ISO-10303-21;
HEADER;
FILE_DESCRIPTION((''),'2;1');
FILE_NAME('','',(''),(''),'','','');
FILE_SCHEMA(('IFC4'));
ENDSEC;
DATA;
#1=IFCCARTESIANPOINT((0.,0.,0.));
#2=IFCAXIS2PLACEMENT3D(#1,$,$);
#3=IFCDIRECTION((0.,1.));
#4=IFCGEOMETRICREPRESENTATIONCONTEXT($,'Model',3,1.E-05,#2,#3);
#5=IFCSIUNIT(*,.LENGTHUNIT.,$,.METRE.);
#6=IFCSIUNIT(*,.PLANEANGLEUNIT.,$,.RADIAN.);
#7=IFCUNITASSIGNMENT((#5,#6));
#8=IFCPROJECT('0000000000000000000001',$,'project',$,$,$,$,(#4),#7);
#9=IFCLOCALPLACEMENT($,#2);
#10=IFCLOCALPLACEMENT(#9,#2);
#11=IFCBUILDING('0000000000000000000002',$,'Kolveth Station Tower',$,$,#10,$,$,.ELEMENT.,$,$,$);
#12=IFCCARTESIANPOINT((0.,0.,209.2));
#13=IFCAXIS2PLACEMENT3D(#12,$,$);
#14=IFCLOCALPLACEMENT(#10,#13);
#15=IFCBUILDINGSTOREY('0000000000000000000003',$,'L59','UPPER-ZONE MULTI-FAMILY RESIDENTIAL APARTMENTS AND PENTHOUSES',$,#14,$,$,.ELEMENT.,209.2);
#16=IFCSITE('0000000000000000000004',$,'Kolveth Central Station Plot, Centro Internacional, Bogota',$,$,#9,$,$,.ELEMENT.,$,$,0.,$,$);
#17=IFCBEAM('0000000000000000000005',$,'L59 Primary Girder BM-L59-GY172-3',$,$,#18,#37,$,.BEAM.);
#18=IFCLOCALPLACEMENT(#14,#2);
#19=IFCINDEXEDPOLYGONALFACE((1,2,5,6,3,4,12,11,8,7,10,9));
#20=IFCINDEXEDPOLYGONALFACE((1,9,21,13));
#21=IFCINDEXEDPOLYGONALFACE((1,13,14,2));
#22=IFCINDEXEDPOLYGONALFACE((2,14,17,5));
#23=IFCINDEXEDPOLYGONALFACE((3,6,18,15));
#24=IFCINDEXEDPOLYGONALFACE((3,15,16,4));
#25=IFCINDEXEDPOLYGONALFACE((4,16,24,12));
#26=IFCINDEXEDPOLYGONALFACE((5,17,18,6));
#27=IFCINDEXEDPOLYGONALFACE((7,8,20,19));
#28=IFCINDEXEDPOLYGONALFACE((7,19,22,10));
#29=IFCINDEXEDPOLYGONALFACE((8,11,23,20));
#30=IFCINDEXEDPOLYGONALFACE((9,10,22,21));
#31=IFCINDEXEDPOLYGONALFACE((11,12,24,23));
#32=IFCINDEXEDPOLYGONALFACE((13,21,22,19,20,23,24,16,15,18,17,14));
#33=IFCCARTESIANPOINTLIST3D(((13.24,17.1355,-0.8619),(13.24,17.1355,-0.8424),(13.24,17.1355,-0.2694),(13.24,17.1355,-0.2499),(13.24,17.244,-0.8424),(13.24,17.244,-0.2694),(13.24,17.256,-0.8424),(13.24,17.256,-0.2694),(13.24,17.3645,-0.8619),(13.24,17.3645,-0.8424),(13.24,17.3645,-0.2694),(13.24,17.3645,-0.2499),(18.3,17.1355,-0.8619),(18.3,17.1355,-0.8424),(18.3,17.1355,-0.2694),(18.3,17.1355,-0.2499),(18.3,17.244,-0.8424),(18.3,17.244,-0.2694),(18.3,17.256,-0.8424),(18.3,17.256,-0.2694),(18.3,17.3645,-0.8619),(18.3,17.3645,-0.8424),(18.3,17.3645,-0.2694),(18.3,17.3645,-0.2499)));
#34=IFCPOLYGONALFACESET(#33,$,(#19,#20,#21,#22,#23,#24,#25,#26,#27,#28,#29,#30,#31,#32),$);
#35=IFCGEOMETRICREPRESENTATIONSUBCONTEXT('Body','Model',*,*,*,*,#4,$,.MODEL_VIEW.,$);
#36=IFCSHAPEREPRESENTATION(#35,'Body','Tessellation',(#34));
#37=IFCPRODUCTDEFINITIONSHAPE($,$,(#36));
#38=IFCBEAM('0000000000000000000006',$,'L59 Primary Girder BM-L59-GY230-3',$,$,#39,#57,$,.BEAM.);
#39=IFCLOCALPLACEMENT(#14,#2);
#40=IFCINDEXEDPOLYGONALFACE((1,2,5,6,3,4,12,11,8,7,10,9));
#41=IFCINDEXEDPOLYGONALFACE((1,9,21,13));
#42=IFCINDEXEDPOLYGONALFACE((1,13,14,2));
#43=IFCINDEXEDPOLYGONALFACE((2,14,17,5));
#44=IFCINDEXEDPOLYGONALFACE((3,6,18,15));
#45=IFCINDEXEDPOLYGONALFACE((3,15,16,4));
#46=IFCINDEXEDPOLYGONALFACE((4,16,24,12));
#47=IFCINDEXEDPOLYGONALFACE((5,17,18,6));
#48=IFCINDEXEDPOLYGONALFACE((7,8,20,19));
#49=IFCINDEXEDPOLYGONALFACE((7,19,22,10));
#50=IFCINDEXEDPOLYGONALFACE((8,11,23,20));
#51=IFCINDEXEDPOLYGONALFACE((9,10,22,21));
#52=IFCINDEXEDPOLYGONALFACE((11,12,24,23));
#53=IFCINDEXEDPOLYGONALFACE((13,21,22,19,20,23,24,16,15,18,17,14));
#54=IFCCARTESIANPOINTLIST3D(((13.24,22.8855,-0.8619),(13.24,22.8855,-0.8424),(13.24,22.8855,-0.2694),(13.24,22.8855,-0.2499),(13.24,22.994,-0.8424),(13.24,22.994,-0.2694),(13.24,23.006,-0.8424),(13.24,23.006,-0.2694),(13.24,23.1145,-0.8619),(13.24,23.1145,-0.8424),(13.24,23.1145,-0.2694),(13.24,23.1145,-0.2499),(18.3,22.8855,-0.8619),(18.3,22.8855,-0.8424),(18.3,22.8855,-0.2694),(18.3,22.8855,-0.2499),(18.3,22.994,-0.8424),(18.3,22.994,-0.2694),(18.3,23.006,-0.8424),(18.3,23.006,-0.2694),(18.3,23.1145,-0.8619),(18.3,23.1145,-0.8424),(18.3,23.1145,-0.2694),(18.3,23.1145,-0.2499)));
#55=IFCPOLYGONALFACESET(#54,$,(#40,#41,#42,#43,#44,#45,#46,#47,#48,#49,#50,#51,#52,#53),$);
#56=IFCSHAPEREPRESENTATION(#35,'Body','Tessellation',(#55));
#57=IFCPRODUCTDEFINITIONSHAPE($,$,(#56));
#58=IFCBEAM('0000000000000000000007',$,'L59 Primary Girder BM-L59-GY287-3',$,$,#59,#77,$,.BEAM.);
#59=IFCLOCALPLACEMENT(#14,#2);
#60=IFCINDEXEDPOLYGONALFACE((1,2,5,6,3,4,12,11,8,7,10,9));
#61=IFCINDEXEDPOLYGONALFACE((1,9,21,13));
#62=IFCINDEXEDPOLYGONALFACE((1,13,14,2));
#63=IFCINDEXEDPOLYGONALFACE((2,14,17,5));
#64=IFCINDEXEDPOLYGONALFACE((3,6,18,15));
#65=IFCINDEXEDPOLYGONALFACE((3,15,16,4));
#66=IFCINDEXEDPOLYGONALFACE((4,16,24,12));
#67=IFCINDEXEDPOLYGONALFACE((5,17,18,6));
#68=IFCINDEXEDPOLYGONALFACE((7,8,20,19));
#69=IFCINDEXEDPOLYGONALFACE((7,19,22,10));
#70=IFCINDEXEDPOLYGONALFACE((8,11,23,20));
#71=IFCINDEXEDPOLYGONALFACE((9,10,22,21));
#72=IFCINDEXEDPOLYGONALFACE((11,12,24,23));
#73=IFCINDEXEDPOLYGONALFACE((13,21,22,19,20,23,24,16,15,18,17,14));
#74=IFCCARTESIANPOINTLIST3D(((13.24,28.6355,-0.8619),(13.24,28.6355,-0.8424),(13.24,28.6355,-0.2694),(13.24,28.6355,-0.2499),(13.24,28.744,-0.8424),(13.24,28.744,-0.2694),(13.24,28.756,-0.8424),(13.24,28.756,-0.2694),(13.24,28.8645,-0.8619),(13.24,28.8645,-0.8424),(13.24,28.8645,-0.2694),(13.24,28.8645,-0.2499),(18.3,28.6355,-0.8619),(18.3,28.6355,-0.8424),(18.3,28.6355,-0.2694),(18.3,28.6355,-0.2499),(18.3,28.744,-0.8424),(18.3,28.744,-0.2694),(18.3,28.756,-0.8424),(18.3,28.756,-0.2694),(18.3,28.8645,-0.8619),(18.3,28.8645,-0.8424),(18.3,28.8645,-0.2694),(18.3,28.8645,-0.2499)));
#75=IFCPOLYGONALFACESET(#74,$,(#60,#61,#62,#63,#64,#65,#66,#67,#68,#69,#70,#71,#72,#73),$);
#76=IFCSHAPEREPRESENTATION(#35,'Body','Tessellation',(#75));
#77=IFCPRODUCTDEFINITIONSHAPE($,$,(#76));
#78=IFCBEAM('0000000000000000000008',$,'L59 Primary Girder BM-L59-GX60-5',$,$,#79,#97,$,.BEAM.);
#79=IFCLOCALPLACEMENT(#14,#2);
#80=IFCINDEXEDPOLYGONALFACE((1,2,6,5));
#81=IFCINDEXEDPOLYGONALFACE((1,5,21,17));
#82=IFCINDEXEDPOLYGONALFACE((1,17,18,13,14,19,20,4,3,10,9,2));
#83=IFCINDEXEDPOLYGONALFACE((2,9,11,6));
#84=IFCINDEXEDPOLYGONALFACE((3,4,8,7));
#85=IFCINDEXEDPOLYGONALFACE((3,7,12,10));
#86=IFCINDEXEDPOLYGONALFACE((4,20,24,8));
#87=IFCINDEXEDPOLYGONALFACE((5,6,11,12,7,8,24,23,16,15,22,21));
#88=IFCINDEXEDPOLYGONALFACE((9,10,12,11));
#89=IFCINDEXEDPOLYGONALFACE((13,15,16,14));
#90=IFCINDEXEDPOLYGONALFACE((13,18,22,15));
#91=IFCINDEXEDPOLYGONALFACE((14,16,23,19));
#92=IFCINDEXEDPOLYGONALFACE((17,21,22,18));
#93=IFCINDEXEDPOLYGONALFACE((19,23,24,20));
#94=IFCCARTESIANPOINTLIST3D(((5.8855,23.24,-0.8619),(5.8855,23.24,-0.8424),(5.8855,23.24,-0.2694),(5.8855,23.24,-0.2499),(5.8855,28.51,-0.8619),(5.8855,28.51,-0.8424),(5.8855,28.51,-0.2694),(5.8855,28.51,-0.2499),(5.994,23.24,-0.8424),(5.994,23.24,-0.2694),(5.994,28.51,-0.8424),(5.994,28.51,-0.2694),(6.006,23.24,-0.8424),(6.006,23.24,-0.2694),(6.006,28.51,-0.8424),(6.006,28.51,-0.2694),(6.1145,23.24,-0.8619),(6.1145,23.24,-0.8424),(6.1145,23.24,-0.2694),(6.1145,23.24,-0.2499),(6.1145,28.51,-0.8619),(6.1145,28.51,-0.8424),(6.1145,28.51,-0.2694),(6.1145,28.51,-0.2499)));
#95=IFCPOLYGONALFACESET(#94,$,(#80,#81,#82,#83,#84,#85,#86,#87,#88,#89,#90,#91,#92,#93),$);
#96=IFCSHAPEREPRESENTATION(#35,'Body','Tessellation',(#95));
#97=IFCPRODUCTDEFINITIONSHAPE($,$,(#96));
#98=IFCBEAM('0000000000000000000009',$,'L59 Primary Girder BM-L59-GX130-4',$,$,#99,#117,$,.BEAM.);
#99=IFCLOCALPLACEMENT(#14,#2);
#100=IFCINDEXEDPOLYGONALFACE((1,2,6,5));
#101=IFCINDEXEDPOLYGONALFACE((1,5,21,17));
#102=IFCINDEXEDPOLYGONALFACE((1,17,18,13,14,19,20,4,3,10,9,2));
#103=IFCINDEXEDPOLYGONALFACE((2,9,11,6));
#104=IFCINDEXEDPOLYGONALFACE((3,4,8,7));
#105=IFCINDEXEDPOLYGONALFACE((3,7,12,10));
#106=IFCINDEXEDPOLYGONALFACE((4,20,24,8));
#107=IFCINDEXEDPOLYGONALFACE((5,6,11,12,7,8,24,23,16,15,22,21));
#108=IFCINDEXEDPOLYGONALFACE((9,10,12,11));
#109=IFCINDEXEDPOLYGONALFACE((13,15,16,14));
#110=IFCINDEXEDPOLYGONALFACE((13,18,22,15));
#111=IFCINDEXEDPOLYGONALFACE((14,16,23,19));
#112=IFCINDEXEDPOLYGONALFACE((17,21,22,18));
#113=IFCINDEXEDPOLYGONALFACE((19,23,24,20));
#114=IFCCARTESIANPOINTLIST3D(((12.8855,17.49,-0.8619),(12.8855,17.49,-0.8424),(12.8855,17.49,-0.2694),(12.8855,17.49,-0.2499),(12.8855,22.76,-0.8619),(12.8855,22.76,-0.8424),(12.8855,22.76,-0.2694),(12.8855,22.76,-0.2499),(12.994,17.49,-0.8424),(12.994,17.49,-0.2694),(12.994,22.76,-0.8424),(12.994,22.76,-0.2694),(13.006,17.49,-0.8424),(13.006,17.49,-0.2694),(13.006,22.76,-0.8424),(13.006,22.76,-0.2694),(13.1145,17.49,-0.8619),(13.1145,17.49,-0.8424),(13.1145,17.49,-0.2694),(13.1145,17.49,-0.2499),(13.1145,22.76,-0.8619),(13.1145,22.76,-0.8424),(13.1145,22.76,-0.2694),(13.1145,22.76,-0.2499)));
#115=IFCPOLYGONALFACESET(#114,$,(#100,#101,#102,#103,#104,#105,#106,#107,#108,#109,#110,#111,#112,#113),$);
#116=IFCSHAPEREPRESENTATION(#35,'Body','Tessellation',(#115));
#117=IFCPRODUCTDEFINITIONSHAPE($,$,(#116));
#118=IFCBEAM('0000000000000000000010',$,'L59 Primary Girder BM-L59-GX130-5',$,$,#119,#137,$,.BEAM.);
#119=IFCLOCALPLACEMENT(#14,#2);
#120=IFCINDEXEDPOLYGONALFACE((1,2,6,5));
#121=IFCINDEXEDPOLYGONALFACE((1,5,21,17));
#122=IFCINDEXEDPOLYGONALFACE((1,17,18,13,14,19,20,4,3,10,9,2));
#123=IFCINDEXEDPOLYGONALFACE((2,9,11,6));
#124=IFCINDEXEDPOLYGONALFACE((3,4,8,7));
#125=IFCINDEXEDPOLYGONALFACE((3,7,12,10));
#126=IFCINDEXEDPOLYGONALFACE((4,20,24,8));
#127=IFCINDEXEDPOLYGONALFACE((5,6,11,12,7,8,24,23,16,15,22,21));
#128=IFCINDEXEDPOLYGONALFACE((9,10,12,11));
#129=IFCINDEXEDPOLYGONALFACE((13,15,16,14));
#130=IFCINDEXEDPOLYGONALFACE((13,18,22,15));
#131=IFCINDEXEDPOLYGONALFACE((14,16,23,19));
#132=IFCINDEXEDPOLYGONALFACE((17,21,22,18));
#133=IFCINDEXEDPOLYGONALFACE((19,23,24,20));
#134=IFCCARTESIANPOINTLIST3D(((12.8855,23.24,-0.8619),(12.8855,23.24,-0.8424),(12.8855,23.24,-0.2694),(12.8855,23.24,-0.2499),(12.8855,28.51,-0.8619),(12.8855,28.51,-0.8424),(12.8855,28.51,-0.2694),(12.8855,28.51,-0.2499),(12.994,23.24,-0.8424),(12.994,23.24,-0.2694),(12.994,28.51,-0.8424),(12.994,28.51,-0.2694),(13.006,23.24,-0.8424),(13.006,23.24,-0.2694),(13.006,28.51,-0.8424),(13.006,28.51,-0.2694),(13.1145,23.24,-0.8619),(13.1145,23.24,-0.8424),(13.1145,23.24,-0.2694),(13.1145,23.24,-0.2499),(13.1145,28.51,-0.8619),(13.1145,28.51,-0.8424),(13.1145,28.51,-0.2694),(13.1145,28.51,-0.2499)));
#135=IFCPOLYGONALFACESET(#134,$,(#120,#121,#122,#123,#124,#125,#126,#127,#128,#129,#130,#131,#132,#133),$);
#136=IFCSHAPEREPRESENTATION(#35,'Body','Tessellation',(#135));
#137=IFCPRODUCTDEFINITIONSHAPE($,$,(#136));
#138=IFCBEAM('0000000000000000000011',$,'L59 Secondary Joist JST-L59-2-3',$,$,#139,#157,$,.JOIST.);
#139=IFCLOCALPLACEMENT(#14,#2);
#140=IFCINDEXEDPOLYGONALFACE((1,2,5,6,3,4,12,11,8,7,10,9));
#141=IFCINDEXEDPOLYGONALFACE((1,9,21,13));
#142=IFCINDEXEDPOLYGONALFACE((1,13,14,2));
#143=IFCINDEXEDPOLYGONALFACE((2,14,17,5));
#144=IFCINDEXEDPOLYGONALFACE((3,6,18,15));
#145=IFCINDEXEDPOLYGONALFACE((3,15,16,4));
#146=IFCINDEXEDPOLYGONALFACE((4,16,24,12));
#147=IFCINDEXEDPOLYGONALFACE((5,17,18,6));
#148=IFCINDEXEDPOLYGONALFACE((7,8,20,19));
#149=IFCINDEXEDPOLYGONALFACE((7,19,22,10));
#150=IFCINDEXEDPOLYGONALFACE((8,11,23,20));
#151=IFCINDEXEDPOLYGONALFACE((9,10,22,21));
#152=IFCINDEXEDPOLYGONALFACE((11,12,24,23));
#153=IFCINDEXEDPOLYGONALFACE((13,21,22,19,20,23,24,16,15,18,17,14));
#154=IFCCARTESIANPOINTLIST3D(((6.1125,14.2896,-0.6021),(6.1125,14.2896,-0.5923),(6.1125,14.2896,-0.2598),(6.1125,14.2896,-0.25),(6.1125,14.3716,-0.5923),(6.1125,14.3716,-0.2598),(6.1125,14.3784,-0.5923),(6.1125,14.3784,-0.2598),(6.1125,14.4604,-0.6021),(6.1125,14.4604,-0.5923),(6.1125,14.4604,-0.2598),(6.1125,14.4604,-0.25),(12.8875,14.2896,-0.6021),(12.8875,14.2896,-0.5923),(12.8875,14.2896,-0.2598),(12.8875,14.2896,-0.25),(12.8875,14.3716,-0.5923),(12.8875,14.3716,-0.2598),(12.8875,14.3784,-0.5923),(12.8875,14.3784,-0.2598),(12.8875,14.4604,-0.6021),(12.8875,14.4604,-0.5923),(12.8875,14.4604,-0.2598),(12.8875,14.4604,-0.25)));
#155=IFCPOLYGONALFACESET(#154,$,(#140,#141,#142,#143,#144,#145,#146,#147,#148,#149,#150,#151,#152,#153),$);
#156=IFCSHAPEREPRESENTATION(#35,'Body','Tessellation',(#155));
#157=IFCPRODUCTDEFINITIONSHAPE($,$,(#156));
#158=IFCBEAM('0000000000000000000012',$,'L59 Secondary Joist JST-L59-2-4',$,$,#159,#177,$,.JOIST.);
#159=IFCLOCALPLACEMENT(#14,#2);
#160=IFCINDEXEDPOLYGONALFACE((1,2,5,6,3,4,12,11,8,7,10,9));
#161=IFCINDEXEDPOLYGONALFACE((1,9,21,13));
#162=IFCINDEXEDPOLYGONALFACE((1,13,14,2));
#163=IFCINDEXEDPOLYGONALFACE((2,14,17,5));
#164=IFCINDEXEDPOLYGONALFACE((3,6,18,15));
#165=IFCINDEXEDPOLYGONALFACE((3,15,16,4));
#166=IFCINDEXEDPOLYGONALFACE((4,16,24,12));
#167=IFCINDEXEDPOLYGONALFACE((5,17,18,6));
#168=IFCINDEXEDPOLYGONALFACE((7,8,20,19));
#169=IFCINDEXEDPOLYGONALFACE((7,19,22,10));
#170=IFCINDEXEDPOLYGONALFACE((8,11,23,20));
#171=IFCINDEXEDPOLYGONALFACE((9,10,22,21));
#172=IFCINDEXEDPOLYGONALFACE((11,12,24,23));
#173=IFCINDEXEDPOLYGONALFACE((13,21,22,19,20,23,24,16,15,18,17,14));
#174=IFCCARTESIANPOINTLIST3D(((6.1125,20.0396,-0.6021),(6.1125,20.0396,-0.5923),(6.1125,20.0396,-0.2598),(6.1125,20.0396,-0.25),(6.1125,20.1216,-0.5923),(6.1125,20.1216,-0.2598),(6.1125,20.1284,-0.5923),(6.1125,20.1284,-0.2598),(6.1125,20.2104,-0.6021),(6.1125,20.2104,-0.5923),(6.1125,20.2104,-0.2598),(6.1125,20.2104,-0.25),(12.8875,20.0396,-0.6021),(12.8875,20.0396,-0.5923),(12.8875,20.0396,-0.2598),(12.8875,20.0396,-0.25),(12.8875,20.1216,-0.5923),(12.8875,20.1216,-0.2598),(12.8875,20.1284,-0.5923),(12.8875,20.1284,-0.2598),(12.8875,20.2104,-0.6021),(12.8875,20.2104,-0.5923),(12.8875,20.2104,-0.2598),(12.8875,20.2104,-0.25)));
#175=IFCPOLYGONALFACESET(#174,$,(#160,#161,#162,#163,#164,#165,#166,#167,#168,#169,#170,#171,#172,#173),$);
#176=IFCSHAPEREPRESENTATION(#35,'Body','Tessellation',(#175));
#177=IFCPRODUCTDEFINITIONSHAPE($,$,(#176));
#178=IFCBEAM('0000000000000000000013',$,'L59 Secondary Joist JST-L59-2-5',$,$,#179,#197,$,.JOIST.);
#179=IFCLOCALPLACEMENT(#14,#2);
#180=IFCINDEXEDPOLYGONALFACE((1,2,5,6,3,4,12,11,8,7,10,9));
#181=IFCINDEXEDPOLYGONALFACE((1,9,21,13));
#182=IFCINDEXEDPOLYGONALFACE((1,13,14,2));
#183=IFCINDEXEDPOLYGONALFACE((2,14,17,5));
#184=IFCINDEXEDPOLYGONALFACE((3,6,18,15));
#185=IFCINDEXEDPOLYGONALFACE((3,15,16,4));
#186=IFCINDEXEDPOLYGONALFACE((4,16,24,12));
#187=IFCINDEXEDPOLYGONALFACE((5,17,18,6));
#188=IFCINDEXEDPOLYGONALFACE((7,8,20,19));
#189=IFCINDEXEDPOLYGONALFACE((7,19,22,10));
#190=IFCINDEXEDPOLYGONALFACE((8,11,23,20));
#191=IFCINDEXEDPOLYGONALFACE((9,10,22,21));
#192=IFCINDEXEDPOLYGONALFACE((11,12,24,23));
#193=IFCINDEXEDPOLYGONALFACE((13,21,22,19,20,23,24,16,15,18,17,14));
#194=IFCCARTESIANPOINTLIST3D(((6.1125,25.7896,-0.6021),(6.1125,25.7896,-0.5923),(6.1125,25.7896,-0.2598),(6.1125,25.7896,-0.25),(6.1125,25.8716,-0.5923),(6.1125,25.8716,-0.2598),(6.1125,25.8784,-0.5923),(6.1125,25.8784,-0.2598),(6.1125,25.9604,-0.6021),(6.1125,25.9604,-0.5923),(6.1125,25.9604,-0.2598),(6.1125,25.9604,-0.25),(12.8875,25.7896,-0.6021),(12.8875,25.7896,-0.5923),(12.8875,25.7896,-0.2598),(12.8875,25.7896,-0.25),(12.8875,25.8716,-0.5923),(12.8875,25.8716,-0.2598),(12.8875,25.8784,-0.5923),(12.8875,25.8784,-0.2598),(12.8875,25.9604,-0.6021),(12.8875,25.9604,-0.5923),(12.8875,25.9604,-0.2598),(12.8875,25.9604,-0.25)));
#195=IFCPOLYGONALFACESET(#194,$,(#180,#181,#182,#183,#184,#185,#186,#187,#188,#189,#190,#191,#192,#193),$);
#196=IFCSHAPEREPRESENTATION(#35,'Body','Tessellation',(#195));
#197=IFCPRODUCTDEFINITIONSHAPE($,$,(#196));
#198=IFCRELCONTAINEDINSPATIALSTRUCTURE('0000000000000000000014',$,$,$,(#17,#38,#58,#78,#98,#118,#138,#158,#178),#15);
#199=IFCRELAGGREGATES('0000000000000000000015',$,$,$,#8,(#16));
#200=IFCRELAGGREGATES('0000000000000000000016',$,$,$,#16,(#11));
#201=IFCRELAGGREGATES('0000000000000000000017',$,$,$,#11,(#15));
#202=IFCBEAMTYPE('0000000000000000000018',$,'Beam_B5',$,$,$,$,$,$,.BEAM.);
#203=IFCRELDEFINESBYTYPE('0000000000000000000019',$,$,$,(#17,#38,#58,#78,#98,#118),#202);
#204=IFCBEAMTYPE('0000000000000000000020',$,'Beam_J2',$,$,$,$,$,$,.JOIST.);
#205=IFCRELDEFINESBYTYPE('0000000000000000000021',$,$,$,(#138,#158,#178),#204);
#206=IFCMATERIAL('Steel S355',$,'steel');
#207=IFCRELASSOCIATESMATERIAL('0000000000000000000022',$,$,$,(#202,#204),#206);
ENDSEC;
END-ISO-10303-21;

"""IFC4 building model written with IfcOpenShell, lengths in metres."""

from ifc_helpers import new_model, si_unit, direction, frame, origin, origin_2d, place, context, subcontext, project, spatial, i_section, extrude, source, transform, mapped, material, material_profile, profile_set, type_object, element, save


model = new_model("IFC4")

# Units and contexts
model_context = context("Model", 3, precision=1e-05, world=origin(), true_north=direction((0.0, 1.0)))
body_context = subcontext(model_context, "Body", "Model", "MODEL_VIEW")
ifc_project = project(units=[si_unit("LENGTHUNIT", "METRE"), si_unit("PLANEANGLEUNIT", "RADIAN")], contexts=[model_context])

# Site, building, storey
site_placement = place(None, origin())
site = spatial("IfcSite", under=ifc_project, at=site_placement, Name="Kolveth Central Station Plot, Centro Internacional, Bogota", CompositionType="ELEMENT", RefElevation=0.0)
building_placement = place(site_placement, origin())
building = spatial("IfcBuilding", under=site, at=building_placement, Name="Kolveth Station Tower", CompositionType="ELEMENT")
storey_placement = place(building_placement, frame((0.0, 0.0, 209.2)))
storey = spatial("IfcBuildingStorey", under=building, at=storey_placement, Name="L59", Description="UPPER-ZONE MULTI-FAMILY RESIDENTIAL APARTMENTS AND PENTHOUSES", CompositionType="ELEMENT", Elevation=209.2)

# Shared definitions
ifc_material_1 = material(Name="Steel S355", Category="steel")

# Beams
ifc_material_profile_1 = material_profile(ifc_material_1, i_section(OverallWidth=0.229, OverallDepth=0.6121, WebThickness=0.012, FlangeThickness=0.0195, at=origin_2d()), Name="W610x125")
ifc_profile_set_1 = profile_set([ifc_material_profile_1], Name="Steel S355")
beam_type_1 = type_object("IfcBeamType", Name="Beam_B5", PredefinedType="BEAM", material=ifc_profile_set_1)
shared_shape_1 = source(origin(), body_context, "Body", "SweptSolid", [
    extrude(i_section(OverallWidth=0.229, OverallDepth=0.6121, WebThickness=0.012, FlangeThickness=0.0195, at=origin_2d()), origin(), (0.0, 0.0, 1.0), 5.0601),
])
for number, where, z_axis, x_axis, name in (
    (1, (13.24, 17.25, -0.5559), (1.0, 0.0, 0.0), (0.0, 1.0, 0.0), "L59 Primary Girder BM-L59-GY172-3"),
    (2, (13.24, 23.0, -0.5559), (1.0, 0.0, 0.0), (0.0, 1.0, 0.0), "L59 Primary Girder BM-L59-GY230-3"),
    (3, (13.24, 28.75, -0.5559), (1.0, 0.0, 0.0), (0.0, 1.0, 0.0), "L59 Primary Girder BM-L59-GY287-3"),
):
    element("IfcBeam", number, at=place(storey_placement, frame(where, z_axis=z_axis, x_axis=x_axis)), inside=storey, type_object=beam_type_1, Name=name, PredefinedType="BEAM", context=body_context, shape_type="MappedRepresentation", body=[
        mapped(shared_shape_1, transform((0.0, 0.0, 0.0), x_axis=(1.0, 0.0, 0.0), y_axis=(0.0, 1.0, 0.0), z_axis=(0.0, 0.0, 1.0), scale=1.0)),
    ])
shared_shape_2 = source(origin(), body_context, "Body", "SweptSolid", [
    extrude(i_section(OverallWidth=0.229, OverallDepth=0.6121, WebThickness=0.012, FlangeThickness=0.0195, at=origin_2d()), origin(), (0.0, 0.0, 1.0), 5.27),
])
for number, where, z_axis, x_axis, name in (
    (4, (6.0, 23.24, -0.5559), (0.0, 1.0, 0.0), (-1.0, 0.0, 0.0), "L59 Primary Girder BM-L59-GX60-5"),
    (5, (13.0, 17.49, -0.5559), (0.0, 1.0, 0.0), (-1.0, 0.0, 0.0), "L59 Primary Girder BM-L59-GX130-4"),
    (6, (13.0, 23.24, -0.5559), (0.0, 1.0, 0.0), (-1.0, 0.0, 0.0), "L59 Primary Girder BM-L59-GX130-5"),
):
    element("IfcBeam", number, at=place(storey_placement, frame(where, z_axis=z_axis, x_axis=x_axis)), inside=storey, type_object=beam_type_1, Name=name, PredefinedType="BEAM", context=body_context, shape_type="MappedRepresentation", body=[
        mapped(shared_shape_2, transform((0.0, 0.0, 0.0), x_axis=(1.0, 0.0, 0.0), y_axis=(0.0, 1.0, 0.0), z_axis=(0.0, 0.0, 1.0), scale=1.0)),
    ])
ifc_material_profile_2 = material_profile(ifc_material_1, i_section(OverallWidth=0.1709, OverallDepth=0.3521, WebThickness=0.0068, FlangeThickness=0.0098, at=origin_2d()), Name="W360x44")
ifc_profile_set_2 = profile_set([ifc_material_profile_2], Name="Steel S355")
beam_type_2 = type_object("IfcBeamType", Name="Beam_J2", PredefinedType="JOIST", material=ifc_profile_set_2)
shared_shape_3 = source(origin(), body_context, "Body", "SweptSolid", [
    extrude(i_section(OverallWidth=0.1709, OverallDepth=0.3521, WebThickness=0.0068, FlangeThickness=0.0098, at=origin_2d()), origin(), (0.0, 0.0, 1.0), 6.7749),
])
for number, where, z_axis, x_axis, name in (
    (7, (6.1125, 14.375, -0.426), (1.0, 0.0, 0.0), (0.0, 1.0, 0.0), "L59 Secondary Joist JST-L59-2-3"),
    (8, (6.1125, 20.125, -0.426), (1.0, 0.0, 0.0), (0.0, 1.0, 0.0), "L59 Secondary Joist JST-L59-2-4"),
    (9, (6.1125, 25.875, -0.426), (1.0, 0.0, 0.0), (0.0, 1.0, 0.0), "L59 Secondary Joist JST-L59-2-5"),
):
    element("IfcBeam", number, at=place(storey_placement, frame(where, z_axis=z_axis, x_axis=x_axis)), inside=storey, type_object=beam_type_2, Name=name, PredefinedType="JOIST", context=body_context, shape_type="MappedRepresentation", body=[
        mapped(shared_shape_3, transform((0.0, 0.0, 0.0), x_axis=(1.0, 0.0, 0.0), y_axis=(0.0, 1.0, 0.0), z_axis=(0.0, 0.0, 1.0), scale=1.0)),
    ])

save(model, "model.ifc")
